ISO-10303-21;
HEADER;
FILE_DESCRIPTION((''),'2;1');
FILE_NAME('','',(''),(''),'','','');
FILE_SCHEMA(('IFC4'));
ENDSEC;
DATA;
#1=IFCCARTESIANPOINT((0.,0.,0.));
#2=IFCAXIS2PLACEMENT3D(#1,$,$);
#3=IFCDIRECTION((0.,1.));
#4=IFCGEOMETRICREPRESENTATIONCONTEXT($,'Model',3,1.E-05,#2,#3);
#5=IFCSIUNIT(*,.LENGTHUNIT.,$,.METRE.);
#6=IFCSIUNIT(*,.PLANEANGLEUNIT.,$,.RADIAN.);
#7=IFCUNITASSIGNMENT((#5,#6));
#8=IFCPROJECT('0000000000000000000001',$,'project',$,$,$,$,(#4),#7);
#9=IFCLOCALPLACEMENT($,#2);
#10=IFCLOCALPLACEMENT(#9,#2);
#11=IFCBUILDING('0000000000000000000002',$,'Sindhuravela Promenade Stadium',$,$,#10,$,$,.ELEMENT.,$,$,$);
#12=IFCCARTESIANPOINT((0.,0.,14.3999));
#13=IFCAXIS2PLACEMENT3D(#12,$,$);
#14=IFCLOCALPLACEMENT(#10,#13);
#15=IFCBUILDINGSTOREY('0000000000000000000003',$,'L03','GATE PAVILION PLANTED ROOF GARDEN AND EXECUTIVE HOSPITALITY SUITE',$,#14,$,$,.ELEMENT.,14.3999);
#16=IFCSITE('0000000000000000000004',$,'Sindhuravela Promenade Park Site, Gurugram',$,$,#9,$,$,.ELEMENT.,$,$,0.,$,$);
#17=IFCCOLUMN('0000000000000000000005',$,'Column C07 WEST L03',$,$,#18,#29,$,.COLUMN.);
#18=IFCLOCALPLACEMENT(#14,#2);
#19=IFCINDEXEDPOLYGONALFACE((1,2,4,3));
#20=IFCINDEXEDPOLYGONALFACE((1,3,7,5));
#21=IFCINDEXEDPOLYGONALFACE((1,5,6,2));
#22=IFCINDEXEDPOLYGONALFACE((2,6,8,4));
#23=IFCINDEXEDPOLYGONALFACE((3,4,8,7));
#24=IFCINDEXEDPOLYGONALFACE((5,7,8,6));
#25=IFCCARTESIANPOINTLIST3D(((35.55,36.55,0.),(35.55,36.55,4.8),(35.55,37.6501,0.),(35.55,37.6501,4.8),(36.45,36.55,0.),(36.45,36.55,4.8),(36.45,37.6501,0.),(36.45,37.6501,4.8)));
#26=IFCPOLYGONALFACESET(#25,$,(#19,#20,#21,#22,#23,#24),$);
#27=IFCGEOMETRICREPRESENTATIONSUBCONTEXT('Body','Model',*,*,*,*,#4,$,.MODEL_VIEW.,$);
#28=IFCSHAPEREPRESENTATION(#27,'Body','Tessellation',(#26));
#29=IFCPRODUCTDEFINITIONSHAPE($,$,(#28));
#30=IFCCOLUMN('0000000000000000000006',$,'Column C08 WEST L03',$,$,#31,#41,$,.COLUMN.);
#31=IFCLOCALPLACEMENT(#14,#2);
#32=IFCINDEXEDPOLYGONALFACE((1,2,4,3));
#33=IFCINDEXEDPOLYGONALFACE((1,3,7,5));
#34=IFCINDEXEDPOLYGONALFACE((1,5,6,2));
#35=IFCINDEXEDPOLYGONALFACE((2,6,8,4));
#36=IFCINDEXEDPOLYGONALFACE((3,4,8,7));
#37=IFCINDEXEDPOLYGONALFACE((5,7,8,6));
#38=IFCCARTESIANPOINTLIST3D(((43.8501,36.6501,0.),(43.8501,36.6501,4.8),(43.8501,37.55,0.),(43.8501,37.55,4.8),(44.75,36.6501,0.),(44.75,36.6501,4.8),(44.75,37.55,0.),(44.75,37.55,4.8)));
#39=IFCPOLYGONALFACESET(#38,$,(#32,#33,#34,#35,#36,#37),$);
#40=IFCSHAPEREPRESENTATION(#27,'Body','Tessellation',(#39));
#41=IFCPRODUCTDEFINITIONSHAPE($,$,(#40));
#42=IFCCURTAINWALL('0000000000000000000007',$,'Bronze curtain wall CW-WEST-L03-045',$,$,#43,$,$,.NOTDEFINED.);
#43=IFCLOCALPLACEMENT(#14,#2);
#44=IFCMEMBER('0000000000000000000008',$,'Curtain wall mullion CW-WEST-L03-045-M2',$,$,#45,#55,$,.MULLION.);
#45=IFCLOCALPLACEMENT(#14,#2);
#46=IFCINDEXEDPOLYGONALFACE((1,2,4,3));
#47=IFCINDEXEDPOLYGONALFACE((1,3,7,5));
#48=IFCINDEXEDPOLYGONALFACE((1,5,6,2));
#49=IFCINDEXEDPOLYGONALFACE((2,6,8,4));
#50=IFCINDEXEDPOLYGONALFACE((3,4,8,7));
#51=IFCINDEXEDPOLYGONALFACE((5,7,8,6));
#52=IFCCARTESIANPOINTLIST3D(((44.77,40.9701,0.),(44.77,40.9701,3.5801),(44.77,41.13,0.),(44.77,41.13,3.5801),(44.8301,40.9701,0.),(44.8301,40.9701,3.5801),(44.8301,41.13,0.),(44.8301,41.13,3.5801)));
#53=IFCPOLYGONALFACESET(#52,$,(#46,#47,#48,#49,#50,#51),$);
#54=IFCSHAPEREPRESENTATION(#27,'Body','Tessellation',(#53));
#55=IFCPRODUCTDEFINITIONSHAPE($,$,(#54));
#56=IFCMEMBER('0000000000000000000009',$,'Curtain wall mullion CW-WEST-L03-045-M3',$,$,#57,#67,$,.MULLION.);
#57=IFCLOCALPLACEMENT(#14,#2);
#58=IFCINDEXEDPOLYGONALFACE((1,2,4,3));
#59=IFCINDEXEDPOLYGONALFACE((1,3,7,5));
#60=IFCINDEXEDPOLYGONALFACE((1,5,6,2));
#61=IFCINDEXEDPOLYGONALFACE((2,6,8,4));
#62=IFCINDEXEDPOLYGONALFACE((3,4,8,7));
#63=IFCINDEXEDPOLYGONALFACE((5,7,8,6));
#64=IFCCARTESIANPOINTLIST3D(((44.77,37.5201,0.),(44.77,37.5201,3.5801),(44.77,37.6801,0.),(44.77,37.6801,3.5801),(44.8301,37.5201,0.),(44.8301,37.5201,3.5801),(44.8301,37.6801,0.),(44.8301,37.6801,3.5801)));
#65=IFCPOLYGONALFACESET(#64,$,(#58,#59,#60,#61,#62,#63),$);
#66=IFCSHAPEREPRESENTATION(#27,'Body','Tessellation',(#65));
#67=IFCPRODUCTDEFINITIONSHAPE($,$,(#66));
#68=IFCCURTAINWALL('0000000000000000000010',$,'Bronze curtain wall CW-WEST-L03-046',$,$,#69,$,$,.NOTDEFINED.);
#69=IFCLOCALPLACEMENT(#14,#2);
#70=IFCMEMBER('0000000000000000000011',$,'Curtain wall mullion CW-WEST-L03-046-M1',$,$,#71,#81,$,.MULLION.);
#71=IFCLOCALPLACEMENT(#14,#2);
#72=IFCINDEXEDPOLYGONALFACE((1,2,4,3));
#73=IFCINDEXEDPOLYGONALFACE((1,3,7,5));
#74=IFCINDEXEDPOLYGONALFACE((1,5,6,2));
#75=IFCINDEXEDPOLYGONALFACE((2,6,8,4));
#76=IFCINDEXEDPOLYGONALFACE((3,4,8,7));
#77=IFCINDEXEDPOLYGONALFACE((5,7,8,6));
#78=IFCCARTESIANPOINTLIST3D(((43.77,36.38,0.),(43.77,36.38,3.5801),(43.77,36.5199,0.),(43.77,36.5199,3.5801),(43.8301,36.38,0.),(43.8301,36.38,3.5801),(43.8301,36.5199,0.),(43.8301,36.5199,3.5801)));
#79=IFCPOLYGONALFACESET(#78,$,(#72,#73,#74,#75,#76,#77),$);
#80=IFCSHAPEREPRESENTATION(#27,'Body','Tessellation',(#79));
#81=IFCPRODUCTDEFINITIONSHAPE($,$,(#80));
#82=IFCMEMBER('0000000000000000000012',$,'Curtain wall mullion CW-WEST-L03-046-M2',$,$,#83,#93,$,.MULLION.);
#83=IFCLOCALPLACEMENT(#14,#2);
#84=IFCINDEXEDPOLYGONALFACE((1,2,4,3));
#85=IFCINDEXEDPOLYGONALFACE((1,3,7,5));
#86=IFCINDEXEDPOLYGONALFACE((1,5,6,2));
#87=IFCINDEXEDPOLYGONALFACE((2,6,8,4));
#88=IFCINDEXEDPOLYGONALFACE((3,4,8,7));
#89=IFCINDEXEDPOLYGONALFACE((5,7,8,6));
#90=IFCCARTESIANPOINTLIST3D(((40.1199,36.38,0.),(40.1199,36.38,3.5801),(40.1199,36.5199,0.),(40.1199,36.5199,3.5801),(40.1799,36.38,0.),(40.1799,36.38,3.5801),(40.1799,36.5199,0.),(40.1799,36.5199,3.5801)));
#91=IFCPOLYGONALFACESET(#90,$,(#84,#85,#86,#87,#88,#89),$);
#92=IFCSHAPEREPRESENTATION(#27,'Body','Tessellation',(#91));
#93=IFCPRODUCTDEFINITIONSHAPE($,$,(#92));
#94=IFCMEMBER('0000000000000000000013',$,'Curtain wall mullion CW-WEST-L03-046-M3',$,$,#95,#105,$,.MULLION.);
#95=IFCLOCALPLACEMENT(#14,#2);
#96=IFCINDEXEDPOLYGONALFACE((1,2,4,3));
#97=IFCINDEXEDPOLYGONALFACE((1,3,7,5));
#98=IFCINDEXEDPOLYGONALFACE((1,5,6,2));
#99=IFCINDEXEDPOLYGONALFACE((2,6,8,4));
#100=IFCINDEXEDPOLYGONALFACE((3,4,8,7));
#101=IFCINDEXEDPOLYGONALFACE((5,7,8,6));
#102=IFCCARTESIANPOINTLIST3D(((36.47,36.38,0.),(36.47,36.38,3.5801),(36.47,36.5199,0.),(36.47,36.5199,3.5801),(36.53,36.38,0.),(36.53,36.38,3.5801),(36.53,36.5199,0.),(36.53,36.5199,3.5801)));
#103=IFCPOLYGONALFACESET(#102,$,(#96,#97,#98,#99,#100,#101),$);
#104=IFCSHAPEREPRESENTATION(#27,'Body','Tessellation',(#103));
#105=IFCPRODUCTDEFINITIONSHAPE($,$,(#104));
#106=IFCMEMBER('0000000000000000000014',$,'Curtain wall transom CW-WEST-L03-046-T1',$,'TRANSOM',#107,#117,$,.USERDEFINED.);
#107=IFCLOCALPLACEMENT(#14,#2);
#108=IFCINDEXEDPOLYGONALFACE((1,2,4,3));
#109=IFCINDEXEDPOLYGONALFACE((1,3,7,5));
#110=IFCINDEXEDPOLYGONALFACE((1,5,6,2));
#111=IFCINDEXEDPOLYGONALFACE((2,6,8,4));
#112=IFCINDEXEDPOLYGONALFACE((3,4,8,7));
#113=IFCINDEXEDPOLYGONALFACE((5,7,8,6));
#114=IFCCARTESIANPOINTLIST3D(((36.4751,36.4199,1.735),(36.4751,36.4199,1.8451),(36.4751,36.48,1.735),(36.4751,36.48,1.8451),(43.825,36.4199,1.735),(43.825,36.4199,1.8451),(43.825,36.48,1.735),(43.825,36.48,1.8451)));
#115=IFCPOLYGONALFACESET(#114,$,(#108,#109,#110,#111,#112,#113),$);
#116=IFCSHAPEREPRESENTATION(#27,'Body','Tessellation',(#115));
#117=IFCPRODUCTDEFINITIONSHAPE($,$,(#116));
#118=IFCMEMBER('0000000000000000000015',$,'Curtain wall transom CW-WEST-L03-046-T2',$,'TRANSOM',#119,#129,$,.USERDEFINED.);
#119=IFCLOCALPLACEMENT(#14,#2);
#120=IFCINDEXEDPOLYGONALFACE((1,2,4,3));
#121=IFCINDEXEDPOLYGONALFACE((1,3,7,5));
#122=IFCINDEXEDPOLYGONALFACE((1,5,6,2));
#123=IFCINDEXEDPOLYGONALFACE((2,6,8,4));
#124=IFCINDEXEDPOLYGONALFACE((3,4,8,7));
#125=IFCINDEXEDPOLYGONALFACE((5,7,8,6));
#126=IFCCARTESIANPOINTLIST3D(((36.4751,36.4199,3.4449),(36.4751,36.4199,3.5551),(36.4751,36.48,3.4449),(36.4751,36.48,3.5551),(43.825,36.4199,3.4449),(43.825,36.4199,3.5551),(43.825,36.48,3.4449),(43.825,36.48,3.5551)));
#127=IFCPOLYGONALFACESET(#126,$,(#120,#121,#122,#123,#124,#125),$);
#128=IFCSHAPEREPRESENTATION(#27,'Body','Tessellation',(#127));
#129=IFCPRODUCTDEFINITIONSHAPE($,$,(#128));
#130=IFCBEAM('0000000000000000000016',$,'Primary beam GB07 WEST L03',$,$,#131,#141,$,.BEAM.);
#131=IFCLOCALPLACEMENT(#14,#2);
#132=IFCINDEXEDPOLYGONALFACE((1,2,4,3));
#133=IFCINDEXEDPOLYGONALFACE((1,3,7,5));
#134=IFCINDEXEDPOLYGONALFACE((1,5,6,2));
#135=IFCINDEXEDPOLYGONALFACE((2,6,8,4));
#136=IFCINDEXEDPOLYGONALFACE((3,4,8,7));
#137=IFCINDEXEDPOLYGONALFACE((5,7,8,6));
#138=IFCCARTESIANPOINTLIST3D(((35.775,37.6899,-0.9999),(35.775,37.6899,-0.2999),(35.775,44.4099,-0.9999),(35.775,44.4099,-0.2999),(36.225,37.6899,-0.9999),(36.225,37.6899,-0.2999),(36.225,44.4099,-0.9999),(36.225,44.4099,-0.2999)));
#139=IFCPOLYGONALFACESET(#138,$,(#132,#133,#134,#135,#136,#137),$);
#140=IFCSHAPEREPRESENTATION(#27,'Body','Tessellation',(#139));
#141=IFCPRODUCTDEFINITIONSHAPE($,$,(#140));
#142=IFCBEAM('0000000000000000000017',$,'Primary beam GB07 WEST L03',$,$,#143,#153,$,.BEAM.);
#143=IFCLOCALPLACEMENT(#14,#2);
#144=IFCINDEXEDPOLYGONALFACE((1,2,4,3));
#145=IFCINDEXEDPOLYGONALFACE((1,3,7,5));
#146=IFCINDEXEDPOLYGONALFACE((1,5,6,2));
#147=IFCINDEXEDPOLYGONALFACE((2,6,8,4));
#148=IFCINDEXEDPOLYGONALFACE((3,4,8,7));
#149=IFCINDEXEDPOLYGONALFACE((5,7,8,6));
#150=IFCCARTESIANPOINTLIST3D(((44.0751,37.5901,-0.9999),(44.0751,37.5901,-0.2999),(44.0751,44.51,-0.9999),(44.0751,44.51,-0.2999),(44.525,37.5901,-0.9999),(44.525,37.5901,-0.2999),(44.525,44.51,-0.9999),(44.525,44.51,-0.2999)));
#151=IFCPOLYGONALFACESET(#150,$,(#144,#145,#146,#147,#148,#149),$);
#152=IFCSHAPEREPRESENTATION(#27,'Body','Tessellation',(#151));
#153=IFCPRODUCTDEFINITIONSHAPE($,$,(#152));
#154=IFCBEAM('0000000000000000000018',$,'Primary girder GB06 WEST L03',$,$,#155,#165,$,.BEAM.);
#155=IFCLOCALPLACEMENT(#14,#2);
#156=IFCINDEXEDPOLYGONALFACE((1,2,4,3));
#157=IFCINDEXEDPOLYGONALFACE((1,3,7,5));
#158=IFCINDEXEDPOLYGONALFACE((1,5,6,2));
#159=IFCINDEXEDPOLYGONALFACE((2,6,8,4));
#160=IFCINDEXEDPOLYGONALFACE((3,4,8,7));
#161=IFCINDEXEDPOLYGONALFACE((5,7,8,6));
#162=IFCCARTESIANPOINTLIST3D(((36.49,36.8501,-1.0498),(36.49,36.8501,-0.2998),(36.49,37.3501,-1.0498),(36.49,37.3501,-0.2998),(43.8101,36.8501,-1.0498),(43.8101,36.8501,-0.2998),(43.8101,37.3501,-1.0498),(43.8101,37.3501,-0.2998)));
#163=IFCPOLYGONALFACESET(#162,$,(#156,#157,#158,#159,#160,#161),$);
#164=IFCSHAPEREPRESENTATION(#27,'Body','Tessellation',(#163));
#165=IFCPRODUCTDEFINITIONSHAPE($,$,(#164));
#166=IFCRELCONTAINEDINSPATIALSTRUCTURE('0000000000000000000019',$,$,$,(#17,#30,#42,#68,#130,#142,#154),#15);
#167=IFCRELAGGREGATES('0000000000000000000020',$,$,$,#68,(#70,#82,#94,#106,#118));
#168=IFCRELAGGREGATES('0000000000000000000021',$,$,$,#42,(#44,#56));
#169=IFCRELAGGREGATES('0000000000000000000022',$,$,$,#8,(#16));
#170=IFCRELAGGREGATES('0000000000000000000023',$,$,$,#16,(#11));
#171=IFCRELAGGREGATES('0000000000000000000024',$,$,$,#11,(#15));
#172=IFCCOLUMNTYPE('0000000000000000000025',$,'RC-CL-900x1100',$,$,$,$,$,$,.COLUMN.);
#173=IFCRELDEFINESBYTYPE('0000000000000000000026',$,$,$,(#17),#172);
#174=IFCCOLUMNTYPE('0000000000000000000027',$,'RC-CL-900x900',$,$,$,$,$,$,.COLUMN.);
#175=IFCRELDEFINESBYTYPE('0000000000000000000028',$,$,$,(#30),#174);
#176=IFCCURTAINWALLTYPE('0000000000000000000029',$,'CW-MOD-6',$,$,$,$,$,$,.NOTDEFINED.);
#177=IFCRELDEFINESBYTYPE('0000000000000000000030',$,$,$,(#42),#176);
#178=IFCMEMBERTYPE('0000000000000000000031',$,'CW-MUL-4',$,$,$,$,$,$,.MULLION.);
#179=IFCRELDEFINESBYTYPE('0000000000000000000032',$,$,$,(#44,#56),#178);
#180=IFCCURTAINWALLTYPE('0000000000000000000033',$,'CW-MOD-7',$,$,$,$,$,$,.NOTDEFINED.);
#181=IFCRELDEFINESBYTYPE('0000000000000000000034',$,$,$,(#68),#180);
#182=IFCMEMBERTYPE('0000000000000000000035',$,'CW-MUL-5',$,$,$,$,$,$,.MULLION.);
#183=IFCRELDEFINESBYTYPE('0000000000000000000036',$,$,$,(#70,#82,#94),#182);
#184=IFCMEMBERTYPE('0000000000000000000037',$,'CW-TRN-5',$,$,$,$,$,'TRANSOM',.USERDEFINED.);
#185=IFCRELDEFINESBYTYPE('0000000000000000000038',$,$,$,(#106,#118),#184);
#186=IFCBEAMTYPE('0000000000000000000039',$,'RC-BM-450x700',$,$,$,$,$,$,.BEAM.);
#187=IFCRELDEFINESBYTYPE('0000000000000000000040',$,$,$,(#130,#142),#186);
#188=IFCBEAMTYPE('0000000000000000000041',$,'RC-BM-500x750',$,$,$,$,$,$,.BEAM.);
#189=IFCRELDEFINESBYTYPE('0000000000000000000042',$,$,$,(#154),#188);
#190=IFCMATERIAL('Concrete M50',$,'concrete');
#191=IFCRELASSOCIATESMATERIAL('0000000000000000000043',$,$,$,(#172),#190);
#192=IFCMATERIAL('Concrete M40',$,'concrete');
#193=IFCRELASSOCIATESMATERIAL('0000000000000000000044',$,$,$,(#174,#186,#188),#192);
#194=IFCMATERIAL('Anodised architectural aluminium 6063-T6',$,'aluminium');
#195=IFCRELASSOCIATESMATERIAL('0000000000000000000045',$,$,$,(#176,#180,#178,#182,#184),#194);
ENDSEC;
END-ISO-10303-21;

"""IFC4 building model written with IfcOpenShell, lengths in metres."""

from ifc_helpers import new_model, si_unit, direction, frame, origin, origin_2d, place, context, subcontext, project, spatial, rectangle, extrude, material, material_profile, profile_set, type_object, element, aggregate, save


model = new_model("IFC4")

# Units and contexts
model_context = context("Model", 3, precision=1e-05, world=origin(), true_north=direction((0.0, 1.0)))
body_context = subcontext(model_context, "Body", "Model", "MODEL_VIEW")
ifc_project = project(units=[si_unit("LENGTHUNIT", "METRE"), si_unit("PLANEANGLEUNIT", "RADIAN")], contexts=[model_context])

# Site, building, storey
site_placement = place(None, origin())
site = spatial("IfcSite", under=ifc_project, at=site_placement, Name="Sindhuravela Promenade Park Site, Gurugram", CompositionType="ELEMENT", RefElevation=0.0)
building_placement = place(site_placement, origin())
building = spatial("IfcBuilding", under=site, at=building_placement, Name="Sindhuravela Promenade Stadium", CompositionType="ELEMENT")
storey_placement = place(building_placement, frame((0.0, 0.0, 14.3999)))
storey = spatial("IfcBuildingStorey", under=building, at=storey_placement, Name="L03", Description="GATE PAVILION PLANTED ROOF GARDEN AND EXECUTIVE HOSPITALITY SUITE", CompositionType="ELEMENT", Elevation=14.3999)

# Columns
ifc_material_1 = material(Name="Concrete M50", Category="concrete")
ifc_material_profile_1 = material_profile(ifc_material_1, rectangle(XDim=0.8999, YDim=1.1001, at=origin_2d()), Name="RC 900x1100")
ifc_profile_set_1 = profile_set([ifc_material_profile_1], Name="Concrete M50")
column_type_1 = type_object("IfcColumnType", Name="RC-CL-900x1100", PredefinedType="COLUMN", material=ifc_profile_set_1)
column_1_placement = place(storey_placement, frame((36.0, 37.1001, 0.0), z_axis=(0.0, 0.0, 1.0), x_axis=(1.0, 0.0, 0.0)))
element("IfcColumn", 1, at=column_1_placement, inside=storey, type_object=column_type_1, Name="Column C07 WEST L03", PredefinedType="COLUMN", context=body_context, shape_type="SweptSolid", body=[
    extrude(rectangle(XDim=0.8999, YDim=1.1001, at=origin_2d()), origin(), (0.0, 0.0, 1.0), 4.8),
])
ifc_material_2 = material(Name="Concrete M40", Category="concrete")
ifc_material_profile_2 = material_profile(ifc_material_2, rectangle(XDim=0.8999, YDim=0.8999, at=origin_2d()), Name="RC 900x900")
ifc_profile_set_2 = profile_set([ifc_material_profile_2], Name="Concrete M40")
column_type_2 = type_object("IfcColumnType", Name="RC-CL-900x900", PredefinedType="COLUMN", material=ifc_profile_set_2)
column_2_placement = place(storey_placement, frame((44.3, 37.1001, 0.0), z_axis=(0.0, 0.0, 1.0), x_axis=(1.0, 0.0, 0.0)))
element("IfcColumn", 2, at=column_2_placement, inside=storey, type_object=column_type_2, Name="Column C08 WEST L03", PredefinedType="COLUMN", context=body_context, shape_type="SweptSolid", body=[
    extrude(rectangle(XDim=0.8999, YDim=0.8999, at=origin_2d()), origin(), (0.0, 0.0, 1.0), 4.8),
])

# Curtain walls, members
ifc_material_3 = material(Name="Anodised architectural aluminium 6063-T6", Category="aluminium")
curtain_wall_type_1 = type_object("IfcCurtainWallType", Name="CW-MOD-6", PredefinedType="NOTDEFINED", material=ifc_material_3)
curtain_wall_1_placement = place(storey_placement, origin())
curtain_wall_1 = element("IfcCurtainWall", 3, at=curtain_wall_1_placement, inside=storey, type_object=curtain_wall_type_1, Name="Bronze curtain wall CW-WEST-L03-045", PredefinedType="NOTDEFINED")
ifc_material_profile_3 = material_profile(ifc_material_3, rectangle(XDim=0.0601, YDim=0.1599, at=origin_2d()), Name="ALU M60x160")
ifc_profile_set_3 = profile_set([ifc_material_profile_3], Name="Anodised architectural aluminium 6063-T6")
member_type_1 = type_object("IfcMemberType", Name="CW-MUL-4", PredefinedType="MULLION", material=ifc_profile_set_3)
member_1_placement = place(storey_placement, frame((44.8, 41.05, 0.0), z_axis=(0.0, 0.0, 1.0), x_axis=(1.0, 0.0, 0.0)))
member_1 = element("IfcMember", 4, at=member_1_placement, type_object=member_type_1, Name="Curtain wall mullion CW-WEST-L03-045-M2", PredefinedType="MULLION", context=body_context, shape_type="SweptSolid", body=[
    extrude(rectangle(XDim=0.0601, YDim=0.1599, at=origin_2d()), origin(), (0.0, 0.0, 1.0), 3.5801),
])
member_2_placement = place(storey_placement, frame((44.8, 37.6001, 0.0), z_axis=(0.0, 0.0, 1.0), x_axis=(1.0, 0.0, 0.0)))
member_2 = element("IfcMember", 5, at=member_2_placement, type_object=member_type_1, Name="Curtain wall mullion CW-WEST-L03-045-M3", PredefinedType="MULLION", context=body_context, shape_type="SweptSolid", body=[
    extrude(rectangle(XDim=0.0601, YDim=0.1599, at=origin_2d()), origin(), (0.0, 0.0, 1.0), 3.5801),
])
curtain_wall_type_2 = type_object("IfcCurtainWallType", Name="CW-MOD-7", PredefinedType="NOTDEFINED", material=ifc_material_3)
curtain_wall_2_placement = place(storey_placement, origin())
curtain_wall_2 = element("IfcCurtainWall", 6, at=curtain_wall_2_placement, inside=storey, type_object=curtain_wall_type_2, Name="Bronze curtain wall CW-WEST-L03-046", PredefinedType="NOTDEFINED")
ifc_material_profile_4 = material_profile(ifc_material_3, rectangle(XDim=0.0601, YDim=0.1399, at=origin_2d()), Name="ALU M60x140")
ifc_profile_set_4 = profile_set([ifc_material_profile_4], Name="Anodised architectural aluminium 6063-T6")
member_type_2 = type_object("IfcMemberType", Name="CW-MUL-5", PredefinedType="MULLION", material=ifc_profile_set_4)
member_3_placement = place(storey_placement, frame((43.8, 36.45, 0.0), z_axis=(0.0, 0.0, 1.0), x_axis=(1.0, 0.0, 0.0)))
member_3 = element("IfcMember", 7, at=member_3_placement, type_object=member_type_2, Name="Curtain wall mullion CW-WEST-L03-046-M1", PredefinedType="MULLION", context=body_context, shape_type="SweptSolid", body=[
    extrude(rectangle(XDim=0.0601, YDim=0.1399, at=origin_2d()), origin(), (0.0, 0.0, 1.0), 3.5801),
])
member_4_placement = place(storey_placement, frame((40.1499, 36.45, 0.0), z_axis=(0.0, 0.0, 1.0), x_axis=(1.0, 0.0, 0.0)))
member_4 = element("IfcMember", 8, at=member_4_placement, type_object=member_type_2, Name="Curtain wall mullion CW-WEST-L03-046-M2", PredefinedType="MULLION", context=body_context, shape_type="SweptSolid", body=[
    extrude(rectangle(XDim=0.0601, YDim=0.1399, at=origin_2d()), origin(), (0.0, 0.0, 1.0), 3.5801),
])
member_5_placement = place(storey_placement, frame((36.5, 36.45, 0.0), z_axis=(0.0, 0.0, 1.0), x_axis=(1.0, 0.0, 0.0)))
member_5 = element("IfcMember", 9, at=member_5_placement, type_object=member_type_2, Name="Curtain wall mullion CW-WEST-L03-046-M3", PredefinedType="MULLION", context=body_context, shape_type="SweptSolid", body=[
    extrude(rectangle(XDim=0.0601, YDim=0.1399, at=origin_2d()), origin(), (0.0, 0.0, 1.0), 3.5801),
])
ifc_material_profile_5 = material_profile(ifc_material_3, rectangle(XDim=0.0601, YDim=0.1101, at=origin_2d()), Name="ALU T60x110")
ifc_profile_set_5 = profile_set([ifc_material_profile_5], Name="Anodised architectural aluminium 6063-T6")
member_type_3 = type_object("IfcMemberType", Name="CW-TRN-5", ElementType="TRANSOM", PredefinedType="USERDEFINED", material=ifc_profile_set_5)
member_6_placement = place(storey_placement, frame((43.825, 36.45, 1.79), z_axis=(-1.0, 0.0, 0.0), x_axis=(0.0, -1.0, 0.0)))
member_6 = element("IfcMember", 10, at=member_6_placement, type_object=member_type_3, Name="Curtain wall transom CW-WEST-L03-046-T1", ObjectType="TRANSOM", PredefinedType="USERDEFINED", context=body_context, shape_type="SweptSolid", body=[
    extrude(rectangle(XDim=0.0601, YDim=0.1101, at=origin_2d()), origin(), (0.0, 0.0, 1.0), 7.3499),
])
member_7_placement = place(storey_placement, frame((43.825, 36.45, 3.5), z_axis=(-1.0, 0.0, 0.0), x_axis=(0.0, -1.0, 0.0)))
member_7 = element("IfcMember", 11, at=member_7_placement, type_object=member_type_3, Name="Curtain wall transom CW-WEST-L03-046-T2", ObjectType="TRANSOM", PredefinedType="USERDEFINED", context=body_context, shape_type="SweptSolid", body=[
    extrude(rectangle(XDim=0.0601, YDim=0.1101, at=origin_2d()), origin(), (0.0, 0.0, 1.0), 7.3499),
])

# Beams
ifc_material_profile_6 = material_profile(ifc_material_2, rectangle(XDim=0.45, YDim=0.7, at=origin_2d()), Name="RC 450x700")
ifc_profile_set_6 = profile_set([ifc_material_profile_6], Name="Concrete M40")
beam_type_1 = type_object("IfcBeamType", Name="RC-BM-450x700", PredefinedType="BEAM", material=ifc_profile_set_6)
beam_1_placement = place(storey_placement, frame((36.0, 37.6899, -0.6499), z_axis=(0.0, 1.0, 0.0), x_axis=(-1.0, 0.0, 0.0)))
element("IfcBeam", 12, at=beam_1_placement, inside=storey, type_object=beam_type_1, Name="Primary beam GB07 WEST L03", PredefinedType="BEAM", context=body_context, shape_type="SweptSolid", body=[
    extrude(rectangle(XDim=0.45, YDim=0.7, at=origin_2d()), origin(), (0.0, 0.0, 1.0), 6.72),
])
beam_2_placement = place(storey_placement, frame((44.3, 37.5901, -0.6499), z_axis=(0.0, 1.0, 0.0), x_axis=(-1.0, 0.0, 0.0)))
element("IfcBeam", 13, at=beam_2_placement, inside=storey, type_object=beam_type_1, Name="Primary beam GB07 WEST L03", PredefinedType="BEAM", context=body_context, shape_type="SweptSolid", body=[
    extrude(rectangle(XDim=0.45, YDim=0.7, at=origin_2d()), origin(), (0.0, 0.0, 1.0), 6.9199),
])
ifc_material_profile_7 = material_profile(ifc_material_2, rectangle(XDim=0.5, YDim=0.75, at=origin_2d()), Name="RC 500x750")
ifc_profile_set_7 = profile_set([ifc_material_profile_7], Name="Concrete M40")
beam_type_2 = type_object("IfcBeamType", Name="RC-BM-500x750", PredefinedType="BEAM", material=ifc_profile_set_7)
beam_3_placement = place(storey_placement, frame((36.49, 37.1001, -0.6748), z_axis=(1.0, 0.0, 0.0), x_axis=(0.0, 1.0, 0.0)))
element("IfcBeam", 14, at=beam_3_placement, inside=storey, type_object=beam_type_2, Name="Primary girder GB06 WEST L03", PredefinedType="BEAM", context=body_context, shape_type="SweptSolid", body=[
    extrude(rectangle(XDim=0.5, YDim=0.75, at=origin_2d()), origin(), (0.0, 0.0, 1.0), 7.3201),
])

aggregate(curtain_wall_2, [member_3, member_4, member_5, member_6, member_7])
aggregate(curtain_wall_1, [member_1, member_2])

save(model, "model.ifc")
